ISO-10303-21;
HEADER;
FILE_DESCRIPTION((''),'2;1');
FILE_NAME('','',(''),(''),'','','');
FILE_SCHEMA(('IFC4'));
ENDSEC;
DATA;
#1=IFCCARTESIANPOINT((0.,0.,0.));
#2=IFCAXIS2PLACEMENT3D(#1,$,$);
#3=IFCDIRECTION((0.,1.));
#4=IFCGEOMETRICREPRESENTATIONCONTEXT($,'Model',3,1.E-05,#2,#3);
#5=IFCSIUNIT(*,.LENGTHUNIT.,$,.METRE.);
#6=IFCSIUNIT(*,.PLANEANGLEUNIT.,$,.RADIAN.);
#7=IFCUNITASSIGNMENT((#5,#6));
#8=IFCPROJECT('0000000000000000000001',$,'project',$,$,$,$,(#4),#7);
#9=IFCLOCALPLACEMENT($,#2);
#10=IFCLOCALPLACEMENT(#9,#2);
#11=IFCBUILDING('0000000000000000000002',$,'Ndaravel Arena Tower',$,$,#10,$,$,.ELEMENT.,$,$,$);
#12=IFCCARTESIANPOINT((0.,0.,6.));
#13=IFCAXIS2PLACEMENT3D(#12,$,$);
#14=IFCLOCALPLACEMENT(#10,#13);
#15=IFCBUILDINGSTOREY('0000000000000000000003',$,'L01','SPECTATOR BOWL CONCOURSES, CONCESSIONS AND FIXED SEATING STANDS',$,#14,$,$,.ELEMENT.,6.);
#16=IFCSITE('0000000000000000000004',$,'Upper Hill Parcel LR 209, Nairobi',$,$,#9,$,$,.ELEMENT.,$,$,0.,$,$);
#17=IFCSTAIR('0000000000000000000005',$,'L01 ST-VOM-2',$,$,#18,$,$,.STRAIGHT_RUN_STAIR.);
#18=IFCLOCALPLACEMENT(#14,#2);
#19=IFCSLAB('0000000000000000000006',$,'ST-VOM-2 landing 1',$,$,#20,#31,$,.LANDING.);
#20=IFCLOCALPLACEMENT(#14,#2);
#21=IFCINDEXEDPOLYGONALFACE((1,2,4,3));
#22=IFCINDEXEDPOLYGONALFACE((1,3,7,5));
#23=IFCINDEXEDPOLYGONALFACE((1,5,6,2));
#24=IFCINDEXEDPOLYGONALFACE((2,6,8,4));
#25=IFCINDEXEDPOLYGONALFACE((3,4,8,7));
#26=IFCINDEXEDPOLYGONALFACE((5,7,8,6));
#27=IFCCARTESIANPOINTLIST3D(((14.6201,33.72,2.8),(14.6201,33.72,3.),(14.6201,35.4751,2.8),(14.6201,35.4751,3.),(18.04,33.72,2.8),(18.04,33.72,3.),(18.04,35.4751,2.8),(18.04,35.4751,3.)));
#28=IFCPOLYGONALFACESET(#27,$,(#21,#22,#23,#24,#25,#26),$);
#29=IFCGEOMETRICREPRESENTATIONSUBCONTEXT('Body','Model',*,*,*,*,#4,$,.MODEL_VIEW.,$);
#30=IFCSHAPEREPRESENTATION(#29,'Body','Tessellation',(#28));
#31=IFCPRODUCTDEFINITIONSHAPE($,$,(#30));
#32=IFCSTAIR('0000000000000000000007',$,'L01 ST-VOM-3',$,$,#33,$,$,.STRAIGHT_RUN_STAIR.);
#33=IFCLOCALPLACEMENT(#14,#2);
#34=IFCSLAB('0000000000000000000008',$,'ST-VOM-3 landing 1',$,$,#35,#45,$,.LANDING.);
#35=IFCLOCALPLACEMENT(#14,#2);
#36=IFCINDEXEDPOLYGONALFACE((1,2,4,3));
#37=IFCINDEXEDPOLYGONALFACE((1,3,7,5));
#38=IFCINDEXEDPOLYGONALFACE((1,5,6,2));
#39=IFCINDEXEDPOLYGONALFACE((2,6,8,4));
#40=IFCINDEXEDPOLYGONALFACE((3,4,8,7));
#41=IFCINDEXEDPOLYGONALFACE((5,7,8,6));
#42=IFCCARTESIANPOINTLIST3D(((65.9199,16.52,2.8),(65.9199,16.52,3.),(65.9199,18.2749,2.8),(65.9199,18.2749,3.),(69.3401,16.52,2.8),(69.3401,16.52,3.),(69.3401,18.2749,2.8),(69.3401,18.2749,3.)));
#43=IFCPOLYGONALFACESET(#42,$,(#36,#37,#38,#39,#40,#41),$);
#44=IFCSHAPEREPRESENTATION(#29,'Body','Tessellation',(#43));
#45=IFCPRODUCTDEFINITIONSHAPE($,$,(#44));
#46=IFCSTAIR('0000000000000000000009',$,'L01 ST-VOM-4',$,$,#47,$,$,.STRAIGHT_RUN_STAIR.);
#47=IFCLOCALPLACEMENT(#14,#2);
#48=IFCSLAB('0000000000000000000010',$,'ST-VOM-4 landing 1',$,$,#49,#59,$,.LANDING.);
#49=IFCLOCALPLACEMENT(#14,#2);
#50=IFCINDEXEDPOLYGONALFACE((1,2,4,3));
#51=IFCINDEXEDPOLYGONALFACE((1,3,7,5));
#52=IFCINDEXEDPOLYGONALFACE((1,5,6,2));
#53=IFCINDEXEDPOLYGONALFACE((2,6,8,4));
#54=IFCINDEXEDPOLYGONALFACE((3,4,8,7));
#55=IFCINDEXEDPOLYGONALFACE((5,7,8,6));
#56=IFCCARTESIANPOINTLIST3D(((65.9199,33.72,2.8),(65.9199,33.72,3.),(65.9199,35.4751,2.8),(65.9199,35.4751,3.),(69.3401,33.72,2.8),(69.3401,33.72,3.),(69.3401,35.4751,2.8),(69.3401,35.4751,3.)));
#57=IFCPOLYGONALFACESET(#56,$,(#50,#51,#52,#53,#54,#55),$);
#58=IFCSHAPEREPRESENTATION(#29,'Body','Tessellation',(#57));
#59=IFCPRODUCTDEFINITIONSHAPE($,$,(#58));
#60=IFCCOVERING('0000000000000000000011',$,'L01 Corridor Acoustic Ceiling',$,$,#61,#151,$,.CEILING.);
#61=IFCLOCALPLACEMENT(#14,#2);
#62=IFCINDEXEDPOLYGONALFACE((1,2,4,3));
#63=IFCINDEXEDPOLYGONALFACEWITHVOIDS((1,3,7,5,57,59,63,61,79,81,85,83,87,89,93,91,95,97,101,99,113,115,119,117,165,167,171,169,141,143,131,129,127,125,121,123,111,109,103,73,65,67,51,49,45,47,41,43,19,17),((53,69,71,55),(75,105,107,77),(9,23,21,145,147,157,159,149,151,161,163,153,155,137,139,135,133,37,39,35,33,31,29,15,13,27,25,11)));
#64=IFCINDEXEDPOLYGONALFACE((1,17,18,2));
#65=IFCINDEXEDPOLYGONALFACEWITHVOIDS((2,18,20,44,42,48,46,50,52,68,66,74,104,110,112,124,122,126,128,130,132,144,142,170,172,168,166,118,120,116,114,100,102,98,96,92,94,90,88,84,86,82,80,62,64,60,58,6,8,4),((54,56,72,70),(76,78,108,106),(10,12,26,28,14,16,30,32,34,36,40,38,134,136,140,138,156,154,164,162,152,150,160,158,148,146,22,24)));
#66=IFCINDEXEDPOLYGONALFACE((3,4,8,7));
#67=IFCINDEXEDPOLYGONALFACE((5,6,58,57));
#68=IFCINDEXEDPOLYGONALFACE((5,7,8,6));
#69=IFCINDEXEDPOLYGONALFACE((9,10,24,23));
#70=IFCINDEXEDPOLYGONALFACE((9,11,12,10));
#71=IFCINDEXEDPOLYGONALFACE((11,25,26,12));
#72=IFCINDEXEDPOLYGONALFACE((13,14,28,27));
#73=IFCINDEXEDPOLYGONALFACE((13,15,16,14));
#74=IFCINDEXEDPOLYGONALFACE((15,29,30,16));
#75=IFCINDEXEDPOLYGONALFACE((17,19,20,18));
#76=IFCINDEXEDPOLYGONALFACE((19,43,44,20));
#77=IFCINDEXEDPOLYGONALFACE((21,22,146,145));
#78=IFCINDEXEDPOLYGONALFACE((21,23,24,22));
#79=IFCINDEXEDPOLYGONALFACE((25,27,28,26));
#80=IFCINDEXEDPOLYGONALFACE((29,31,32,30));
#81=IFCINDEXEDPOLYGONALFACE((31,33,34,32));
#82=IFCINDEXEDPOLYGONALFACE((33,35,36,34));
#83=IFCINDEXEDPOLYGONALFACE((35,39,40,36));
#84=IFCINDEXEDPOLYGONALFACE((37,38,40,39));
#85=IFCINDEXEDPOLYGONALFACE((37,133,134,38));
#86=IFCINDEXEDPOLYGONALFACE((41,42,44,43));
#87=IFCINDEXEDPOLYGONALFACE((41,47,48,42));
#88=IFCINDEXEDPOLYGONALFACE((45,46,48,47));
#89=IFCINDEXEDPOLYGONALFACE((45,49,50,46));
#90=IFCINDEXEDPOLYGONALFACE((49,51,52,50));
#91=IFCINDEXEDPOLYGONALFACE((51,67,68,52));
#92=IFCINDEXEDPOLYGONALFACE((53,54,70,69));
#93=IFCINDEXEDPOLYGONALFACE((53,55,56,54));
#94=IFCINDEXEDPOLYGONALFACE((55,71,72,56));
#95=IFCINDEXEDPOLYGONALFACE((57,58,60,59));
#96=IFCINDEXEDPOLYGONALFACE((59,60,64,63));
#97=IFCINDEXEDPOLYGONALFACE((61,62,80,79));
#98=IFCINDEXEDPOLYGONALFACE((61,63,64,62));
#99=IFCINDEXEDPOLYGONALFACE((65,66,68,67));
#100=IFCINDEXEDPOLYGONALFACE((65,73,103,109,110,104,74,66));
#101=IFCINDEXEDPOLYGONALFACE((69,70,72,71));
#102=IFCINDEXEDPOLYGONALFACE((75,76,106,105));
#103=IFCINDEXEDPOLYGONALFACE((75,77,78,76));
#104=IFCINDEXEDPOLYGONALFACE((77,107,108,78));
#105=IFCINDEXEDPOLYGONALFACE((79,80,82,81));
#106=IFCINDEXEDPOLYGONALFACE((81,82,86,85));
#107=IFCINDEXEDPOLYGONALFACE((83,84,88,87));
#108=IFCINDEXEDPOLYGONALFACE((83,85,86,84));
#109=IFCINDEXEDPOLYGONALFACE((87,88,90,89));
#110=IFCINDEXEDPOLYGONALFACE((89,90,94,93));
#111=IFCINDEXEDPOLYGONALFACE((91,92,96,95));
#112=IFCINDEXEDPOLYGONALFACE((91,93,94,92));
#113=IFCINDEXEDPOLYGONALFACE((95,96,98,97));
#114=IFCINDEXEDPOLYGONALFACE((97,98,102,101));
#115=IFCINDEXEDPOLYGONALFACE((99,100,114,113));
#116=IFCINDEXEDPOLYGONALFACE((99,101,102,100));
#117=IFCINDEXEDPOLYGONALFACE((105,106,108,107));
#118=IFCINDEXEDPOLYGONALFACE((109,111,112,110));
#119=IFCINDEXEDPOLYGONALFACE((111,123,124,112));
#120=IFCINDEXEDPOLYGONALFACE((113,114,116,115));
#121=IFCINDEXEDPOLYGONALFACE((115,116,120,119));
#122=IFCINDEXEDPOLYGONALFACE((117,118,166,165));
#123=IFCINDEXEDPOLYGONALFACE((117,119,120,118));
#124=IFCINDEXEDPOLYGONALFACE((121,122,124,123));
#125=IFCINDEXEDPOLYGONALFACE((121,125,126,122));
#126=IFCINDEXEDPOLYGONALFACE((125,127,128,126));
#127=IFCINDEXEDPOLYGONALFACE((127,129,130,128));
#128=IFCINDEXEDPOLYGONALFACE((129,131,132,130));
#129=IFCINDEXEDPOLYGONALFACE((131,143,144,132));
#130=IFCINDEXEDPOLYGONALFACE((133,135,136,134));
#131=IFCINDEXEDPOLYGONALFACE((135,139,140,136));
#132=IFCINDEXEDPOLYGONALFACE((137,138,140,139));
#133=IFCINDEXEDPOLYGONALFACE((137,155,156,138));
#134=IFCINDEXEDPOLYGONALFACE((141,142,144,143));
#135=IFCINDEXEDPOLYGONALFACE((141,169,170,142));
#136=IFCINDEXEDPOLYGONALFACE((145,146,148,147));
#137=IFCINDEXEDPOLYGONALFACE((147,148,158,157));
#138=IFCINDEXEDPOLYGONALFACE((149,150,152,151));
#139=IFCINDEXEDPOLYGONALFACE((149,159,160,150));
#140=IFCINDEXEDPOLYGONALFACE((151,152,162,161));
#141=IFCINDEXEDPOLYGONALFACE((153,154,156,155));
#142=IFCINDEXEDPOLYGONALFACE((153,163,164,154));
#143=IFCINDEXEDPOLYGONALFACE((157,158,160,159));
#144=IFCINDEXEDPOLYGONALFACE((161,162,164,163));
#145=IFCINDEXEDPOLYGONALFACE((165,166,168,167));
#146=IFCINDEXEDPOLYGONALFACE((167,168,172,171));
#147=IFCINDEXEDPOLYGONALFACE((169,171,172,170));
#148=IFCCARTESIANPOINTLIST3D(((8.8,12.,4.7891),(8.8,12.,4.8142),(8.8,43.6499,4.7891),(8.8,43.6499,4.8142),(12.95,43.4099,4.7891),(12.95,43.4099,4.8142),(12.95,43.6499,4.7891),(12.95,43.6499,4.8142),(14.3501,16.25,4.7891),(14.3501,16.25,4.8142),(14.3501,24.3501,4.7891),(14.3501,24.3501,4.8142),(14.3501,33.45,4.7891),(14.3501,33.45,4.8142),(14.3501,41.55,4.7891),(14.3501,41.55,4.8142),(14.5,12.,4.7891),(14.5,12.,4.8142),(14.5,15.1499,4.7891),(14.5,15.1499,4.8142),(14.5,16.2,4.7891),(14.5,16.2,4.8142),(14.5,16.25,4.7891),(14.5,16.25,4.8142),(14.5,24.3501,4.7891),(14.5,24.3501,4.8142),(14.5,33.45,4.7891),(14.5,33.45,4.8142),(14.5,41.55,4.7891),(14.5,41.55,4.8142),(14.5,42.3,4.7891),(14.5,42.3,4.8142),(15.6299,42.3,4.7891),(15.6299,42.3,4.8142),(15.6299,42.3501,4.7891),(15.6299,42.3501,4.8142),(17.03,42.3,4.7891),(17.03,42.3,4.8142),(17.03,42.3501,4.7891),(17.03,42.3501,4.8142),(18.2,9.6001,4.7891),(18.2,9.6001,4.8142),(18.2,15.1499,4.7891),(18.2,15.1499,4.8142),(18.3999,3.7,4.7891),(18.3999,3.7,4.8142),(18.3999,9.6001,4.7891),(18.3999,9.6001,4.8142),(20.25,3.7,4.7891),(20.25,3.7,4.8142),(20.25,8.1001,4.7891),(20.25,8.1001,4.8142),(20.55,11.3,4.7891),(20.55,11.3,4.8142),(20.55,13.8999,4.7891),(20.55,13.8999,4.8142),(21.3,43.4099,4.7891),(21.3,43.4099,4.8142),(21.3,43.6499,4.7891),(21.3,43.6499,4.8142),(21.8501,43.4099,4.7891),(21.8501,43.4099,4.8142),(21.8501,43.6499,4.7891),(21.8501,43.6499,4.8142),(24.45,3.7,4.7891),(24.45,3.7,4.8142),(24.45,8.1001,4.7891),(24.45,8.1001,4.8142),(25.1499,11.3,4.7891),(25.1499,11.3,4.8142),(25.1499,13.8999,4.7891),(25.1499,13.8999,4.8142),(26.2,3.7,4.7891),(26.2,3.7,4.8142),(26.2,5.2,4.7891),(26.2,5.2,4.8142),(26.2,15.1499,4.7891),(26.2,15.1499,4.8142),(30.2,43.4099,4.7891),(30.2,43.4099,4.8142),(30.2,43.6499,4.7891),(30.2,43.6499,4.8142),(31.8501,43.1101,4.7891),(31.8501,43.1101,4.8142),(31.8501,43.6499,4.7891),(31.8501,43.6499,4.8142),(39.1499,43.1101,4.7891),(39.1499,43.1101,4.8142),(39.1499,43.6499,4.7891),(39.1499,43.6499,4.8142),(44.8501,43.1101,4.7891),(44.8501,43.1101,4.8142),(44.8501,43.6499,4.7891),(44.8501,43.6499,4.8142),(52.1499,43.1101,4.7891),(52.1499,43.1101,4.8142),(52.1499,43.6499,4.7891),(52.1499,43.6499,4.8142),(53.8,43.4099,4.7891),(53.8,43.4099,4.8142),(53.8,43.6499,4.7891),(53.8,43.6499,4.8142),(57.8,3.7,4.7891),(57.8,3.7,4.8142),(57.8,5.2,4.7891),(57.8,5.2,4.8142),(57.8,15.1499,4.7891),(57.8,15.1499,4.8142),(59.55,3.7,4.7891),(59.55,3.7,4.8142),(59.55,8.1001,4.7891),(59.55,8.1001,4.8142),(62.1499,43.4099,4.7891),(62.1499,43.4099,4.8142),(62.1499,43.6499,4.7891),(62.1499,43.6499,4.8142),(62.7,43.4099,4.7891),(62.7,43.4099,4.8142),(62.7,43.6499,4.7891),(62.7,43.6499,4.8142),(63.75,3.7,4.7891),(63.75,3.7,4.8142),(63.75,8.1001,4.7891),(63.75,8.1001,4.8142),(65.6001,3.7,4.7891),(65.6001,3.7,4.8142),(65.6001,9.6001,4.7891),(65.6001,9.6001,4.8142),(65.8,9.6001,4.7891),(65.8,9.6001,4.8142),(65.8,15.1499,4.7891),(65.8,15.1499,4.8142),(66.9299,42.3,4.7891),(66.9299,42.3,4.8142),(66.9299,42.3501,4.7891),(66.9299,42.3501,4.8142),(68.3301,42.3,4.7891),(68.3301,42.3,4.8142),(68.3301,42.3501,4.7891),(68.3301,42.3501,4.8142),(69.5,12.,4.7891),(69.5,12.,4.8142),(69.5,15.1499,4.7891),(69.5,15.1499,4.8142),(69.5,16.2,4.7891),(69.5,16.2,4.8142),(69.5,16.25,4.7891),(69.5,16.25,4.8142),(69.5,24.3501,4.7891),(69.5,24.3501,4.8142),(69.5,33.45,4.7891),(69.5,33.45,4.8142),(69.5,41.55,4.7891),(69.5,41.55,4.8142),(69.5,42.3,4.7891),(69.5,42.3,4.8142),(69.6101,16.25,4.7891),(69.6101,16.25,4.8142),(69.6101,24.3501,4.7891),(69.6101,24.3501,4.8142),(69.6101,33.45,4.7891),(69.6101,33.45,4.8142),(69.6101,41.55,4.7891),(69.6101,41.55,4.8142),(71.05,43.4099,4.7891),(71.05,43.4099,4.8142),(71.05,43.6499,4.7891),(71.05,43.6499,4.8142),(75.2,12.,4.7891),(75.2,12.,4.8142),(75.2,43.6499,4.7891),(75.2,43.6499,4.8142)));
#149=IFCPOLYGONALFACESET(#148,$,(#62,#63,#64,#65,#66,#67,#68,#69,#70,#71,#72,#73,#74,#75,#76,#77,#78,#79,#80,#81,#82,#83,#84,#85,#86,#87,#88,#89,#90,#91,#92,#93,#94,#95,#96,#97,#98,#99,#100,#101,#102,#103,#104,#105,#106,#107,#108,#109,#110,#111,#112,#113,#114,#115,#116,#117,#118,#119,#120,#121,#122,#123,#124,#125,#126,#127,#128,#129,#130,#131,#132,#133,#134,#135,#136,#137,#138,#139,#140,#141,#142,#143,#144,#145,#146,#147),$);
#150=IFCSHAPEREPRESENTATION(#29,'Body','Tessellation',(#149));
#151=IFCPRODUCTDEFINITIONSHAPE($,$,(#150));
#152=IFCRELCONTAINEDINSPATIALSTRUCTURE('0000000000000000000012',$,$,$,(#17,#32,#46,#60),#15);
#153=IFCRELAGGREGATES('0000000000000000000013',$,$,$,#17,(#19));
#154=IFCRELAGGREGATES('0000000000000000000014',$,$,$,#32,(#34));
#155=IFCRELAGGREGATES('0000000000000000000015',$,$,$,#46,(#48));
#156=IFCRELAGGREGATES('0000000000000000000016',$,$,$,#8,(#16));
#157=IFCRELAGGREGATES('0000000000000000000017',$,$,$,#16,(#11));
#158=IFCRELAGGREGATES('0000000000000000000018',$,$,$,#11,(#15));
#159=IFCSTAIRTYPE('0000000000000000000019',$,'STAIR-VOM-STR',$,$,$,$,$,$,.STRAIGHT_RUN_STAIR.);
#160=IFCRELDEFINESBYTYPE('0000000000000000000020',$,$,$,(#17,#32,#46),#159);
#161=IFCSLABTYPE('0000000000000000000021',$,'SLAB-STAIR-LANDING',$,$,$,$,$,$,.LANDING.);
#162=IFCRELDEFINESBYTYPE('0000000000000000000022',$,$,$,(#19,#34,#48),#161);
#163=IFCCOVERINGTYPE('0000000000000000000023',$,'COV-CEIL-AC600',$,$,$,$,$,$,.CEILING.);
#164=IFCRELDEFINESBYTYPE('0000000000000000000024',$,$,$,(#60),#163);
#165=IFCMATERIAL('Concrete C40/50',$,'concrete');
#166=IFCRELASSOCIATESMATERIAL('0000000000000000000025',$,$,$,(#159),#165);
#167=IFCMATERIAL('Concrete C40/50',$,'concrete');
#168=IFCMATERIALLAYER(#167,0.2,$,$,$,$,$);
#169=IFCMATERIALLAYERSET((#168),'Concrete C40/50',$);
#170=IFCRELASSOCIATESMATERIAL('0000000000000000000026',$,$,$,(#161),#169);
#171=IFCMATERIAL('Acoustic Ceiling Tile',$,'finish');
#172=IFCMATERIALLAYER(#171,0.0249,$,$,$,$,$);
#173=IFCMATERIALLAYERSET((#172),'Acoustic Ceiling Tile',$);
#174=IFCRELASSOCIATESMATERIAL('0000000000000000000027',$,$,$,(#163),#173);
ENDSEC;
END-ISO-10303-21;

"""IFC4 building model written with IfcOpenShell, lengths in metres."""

from ifc_helpers import new_model, si_unit, direction, frame, origin, place, context, subcontext, project, spatial, polyline, outline, extrude, material, layer, layer_set, type_object, element, aggregate, save


model = new_model("IFC4")

# Units and contexts
model_context = context("Model", 3, precision=1e-05, world=origin(), true_north=direction((0.0, 1.0)))
body_context = subcontext(model_context, "Body", "Model", "MODEL_VIEW")
ifc_project = project(units=[si_unit("LENGTHUNIT", "METRE"), si_unit("PLANEANGLEUNIT", "RADIAN")], contexts=[model_context])

# Site, building, storey
site_placement = place(None, origin())
site = spatial("IfcSite", under=ifc_project, at=site_placement, Name="Upper Hill Parcel LR 209, Nairobi", CompositionType="ELEMENT", RefElevation=0.0)
building_placement = place(site_placement, origin())
building = spatial("IfcBuilding", under=site, at=building_placement, Name="Ndaravel Arena Tower", CompositionType="ELEMENT")
storey_placement = place(building_placement, frame((0.0, 0.0, 6.0)))
storey = spatial("IfcBuildingStorey", under=building, at=storey_placement, Name="L01", Description="SPECTATOR BOWL CONCOURSES, CONCESSIONS AND FIXED SEATING STANDS", CompositionType="ELEMENT", Elevation=6.0)

# Stairs, slabs
ifc_material_1 = material(Name="Concrete C40/50", Category="concrete")
stair_type = type_object("IfcStairType", Name="STAIR-VOM-STR", PredefinedType="STRAIGHT_RUN_STAIR", material=ifc_material_1)
stair_1_placement = place(storey_placement, origin())
stair_1 = element("IfcStair", 1, at=stair_1_placement, inside=storey, type_object=stair_type, Name="L01 ST-VOM-2", PredefinedType="STRAIGHT_RUN_STAIR")
ifc_material_2 = material(Name="Concrete C40/50", Category="concrete")
ifc_layer_1 = layer(ifc_material_2, 0.2)
ifc_layer_set_1 = layer_set([ifc_layer_1], Name="Concrete C40/50")
slab_type = type_object("IfcSlabType", Name="SLAB-STAIR-LANDING", PredefinedType="LANDING", material=ifc_layer_set_1)
slab_1_placement = place(storey_placement, frame((0.0, 0.0, 2.8)))
slab_1 = element("IfcSlab", 2, at=slab_1_placement, type_object=slab_type, Name="ST-VOM-2 landing 1", PredefinedType="LANDING", context=body_context, shape_type="SweptSolid", body=[
    extrude(outline(polyline([(14.6201, 35.4751), (14.6201, 33.72), (18.04, 33.72), (18.04, 35.4751), (14.6201, 35.4751)])), origin(), (0.0, 0.0, 1.0), 0.2),
])
aggregate(stair_1, [slab_1])
stair_2_placement = place(storey_placement, origin())
stair_2 = element("IfcStair", 3, at=stair_2_placement, inside=storey, type_object=stair_type, Name="L01 ST-VOM-3", PredefinedType="STRAIGHT_RUN_STAIR")
slab_2_placement = place(storey_placement, frame((0.0, 0.0, 2.8)))
slab_2 = element("IfcSlab", 4, at=slab_2_placement, type_object=slab_type, Name="ST-VOM-3 landing 1", PredefinedType="LANDING", context=body_context, shape_type="SweptSolid", body=[
    extrude(outline(polyline([(65.9199, 18.2749), (65.9199, 16.52), (69.3401, 16.52), (69.3401, 18.2749), (65.9199, 18.2749)])), origin(), (0.0, 0.0, 1.0), 0.2),
])
aggregate(stair_2, [slab_2])
stair_3_placement = place(storey_placement, origin())
stair_3 = element("IfcStair", 5, at=stair_3_placement, inside=storey, type_object=stair_type, Name="L01 ST-VOM-4", PredefinedType="STRAIGHT_RUN_STAIR")
slab_3_placement = place(storey_placement, frame((0.0, 0.0, 2.8)))
slab_3 = element("IfcSlab", 6, at=slab_3_placement, type_object=slab_type, Name="ST-VOM-4 landing 1", PredefinedType="LANDING", context=body_context, shape_type="SweptSolid", body=[
    extrude(outline(polyline([(65.9199, 35.4751), (65.9199, 33.72), (69.3401, 33.72), (69.3401, 35.4751), (65.9199, 35.4751)])), origin(), (0.0, 0.0, 1.0), 0.2),
])
aggregate(stair_3, [slab_3])

# Covering
ifc_material_3 = material(Name="Acoustic Ceiling Tile", Category="finish")
ifc_layer_2 = layer(ifc_material_3, 0.0249)
ifc_layer_set_2 = layer_set([ifc_layer_2], Name="Acoustic Ceiling Tile")
covering_type_1 = type_object("IfcCoveringType", Name="COV-CEIL-AC600", PredefinedType="CEILING", material=ifc_layer_set_2)
covering_1_placement = place(storey_placement, frame((0.0, 0.0, 4.7891)))
element("IfcCovering", 7, at=covering_1_placement, inside=storey, type_object=covering_type_1, Name="L01 Corridor Acoustic Ceiling", PredefinedType="CEILING", context=body_context, shape_type="SweptSolid", body=[
    extrude(outline(polyline([(59.55, 3.7), (59.55, 8.1001), (63.75, 8.1001), (63.75, 3.7), (65.6001, 3.7), (65.6001, 9.6001), (65.8, 9.6001), (65.8, 15.1499), (69.5, 15.1499), (69.5, 12.0), (75.2, 12.0), (75.2, 43.6499), (71.05, 43.6499), (71.05, 43.4099), (62.7, 43.4099), (62.7, 43.6499), (62.1499, 43.6499), (62.1499, 43.4099), (53.8, 43.4099), (53.8, 43.6499), (52.1499, 43.6499), (52.1499, 43.1101), (44.8501, 43.1101), (44.8501, 43.6499), (39.1499, 43.6499), (39.1499, 43.1101), (31.8501, 43.1101), (31.8501, 43.6499), (30.2, 43.6499), (30.2, 43.4099), (21.8501, 43.4099), (21.8501, 43.6499), (21.3, 43.6499), (21.3, 43.4099), (12.95, 43.4099), (12.95, 43.6499), (8.8, 43.6499), (8.8, 12.0), (14.5, 12.0), (14.5, 15.1499), (18.2, 15.1499), (18.2, 9.6001), (18.3999, 9.6001), (18.3999, 3.7), (20.25, 3.7), (20.25, 8.1001), (24.45, 8.1001), (24.45, 3.7), (26.2, 3.7), (57.8, 3.7), (59.55, 3.7)]), holes=[polyline([(69.5, 42.3), (69.5, 41.55), (69.6101, 41.55), (69.6101, 33.45), (69.5, 33.45), (69.5, 24.3501), (69.6101, 24.3501), (69.6101, 16.25), (69.5, 16.25), (69.5, 16.2), (14.5, 16.2), (14.5, 16.25), (14.3501, 16.25), (14.3501, 24.3501), (14.5, 24.3501), (14.5, 33.45), (14.3501, 33.45), (14.3501, 41.55), (14.5, 41.55), (14.5, 42.3), (15.6299, 42.3), (15.6299, 42.3501), (17.03, 42.3501), (17.03, 42.3), (66.9299, 42.3), (66.9299, 42.3501), (68.3301, 42.3501), (68.3301, 42.3), (69.5, 42.3)]), polyline([(26.2, 15.1499), (57.8, 15.1499), (57.8, 5.2), (26.2, 5.2), (26.2, 15.1499)]), polyline([(25.1499, 13.8999), (25.1499, 11.3), (20.55, 11.3), (20.55, 13.8999), (25.1499, 13.8999)])]), origin(), (0.0, 0.0, 1.0), 0.0251),
])

save(model, "model.ifc")
